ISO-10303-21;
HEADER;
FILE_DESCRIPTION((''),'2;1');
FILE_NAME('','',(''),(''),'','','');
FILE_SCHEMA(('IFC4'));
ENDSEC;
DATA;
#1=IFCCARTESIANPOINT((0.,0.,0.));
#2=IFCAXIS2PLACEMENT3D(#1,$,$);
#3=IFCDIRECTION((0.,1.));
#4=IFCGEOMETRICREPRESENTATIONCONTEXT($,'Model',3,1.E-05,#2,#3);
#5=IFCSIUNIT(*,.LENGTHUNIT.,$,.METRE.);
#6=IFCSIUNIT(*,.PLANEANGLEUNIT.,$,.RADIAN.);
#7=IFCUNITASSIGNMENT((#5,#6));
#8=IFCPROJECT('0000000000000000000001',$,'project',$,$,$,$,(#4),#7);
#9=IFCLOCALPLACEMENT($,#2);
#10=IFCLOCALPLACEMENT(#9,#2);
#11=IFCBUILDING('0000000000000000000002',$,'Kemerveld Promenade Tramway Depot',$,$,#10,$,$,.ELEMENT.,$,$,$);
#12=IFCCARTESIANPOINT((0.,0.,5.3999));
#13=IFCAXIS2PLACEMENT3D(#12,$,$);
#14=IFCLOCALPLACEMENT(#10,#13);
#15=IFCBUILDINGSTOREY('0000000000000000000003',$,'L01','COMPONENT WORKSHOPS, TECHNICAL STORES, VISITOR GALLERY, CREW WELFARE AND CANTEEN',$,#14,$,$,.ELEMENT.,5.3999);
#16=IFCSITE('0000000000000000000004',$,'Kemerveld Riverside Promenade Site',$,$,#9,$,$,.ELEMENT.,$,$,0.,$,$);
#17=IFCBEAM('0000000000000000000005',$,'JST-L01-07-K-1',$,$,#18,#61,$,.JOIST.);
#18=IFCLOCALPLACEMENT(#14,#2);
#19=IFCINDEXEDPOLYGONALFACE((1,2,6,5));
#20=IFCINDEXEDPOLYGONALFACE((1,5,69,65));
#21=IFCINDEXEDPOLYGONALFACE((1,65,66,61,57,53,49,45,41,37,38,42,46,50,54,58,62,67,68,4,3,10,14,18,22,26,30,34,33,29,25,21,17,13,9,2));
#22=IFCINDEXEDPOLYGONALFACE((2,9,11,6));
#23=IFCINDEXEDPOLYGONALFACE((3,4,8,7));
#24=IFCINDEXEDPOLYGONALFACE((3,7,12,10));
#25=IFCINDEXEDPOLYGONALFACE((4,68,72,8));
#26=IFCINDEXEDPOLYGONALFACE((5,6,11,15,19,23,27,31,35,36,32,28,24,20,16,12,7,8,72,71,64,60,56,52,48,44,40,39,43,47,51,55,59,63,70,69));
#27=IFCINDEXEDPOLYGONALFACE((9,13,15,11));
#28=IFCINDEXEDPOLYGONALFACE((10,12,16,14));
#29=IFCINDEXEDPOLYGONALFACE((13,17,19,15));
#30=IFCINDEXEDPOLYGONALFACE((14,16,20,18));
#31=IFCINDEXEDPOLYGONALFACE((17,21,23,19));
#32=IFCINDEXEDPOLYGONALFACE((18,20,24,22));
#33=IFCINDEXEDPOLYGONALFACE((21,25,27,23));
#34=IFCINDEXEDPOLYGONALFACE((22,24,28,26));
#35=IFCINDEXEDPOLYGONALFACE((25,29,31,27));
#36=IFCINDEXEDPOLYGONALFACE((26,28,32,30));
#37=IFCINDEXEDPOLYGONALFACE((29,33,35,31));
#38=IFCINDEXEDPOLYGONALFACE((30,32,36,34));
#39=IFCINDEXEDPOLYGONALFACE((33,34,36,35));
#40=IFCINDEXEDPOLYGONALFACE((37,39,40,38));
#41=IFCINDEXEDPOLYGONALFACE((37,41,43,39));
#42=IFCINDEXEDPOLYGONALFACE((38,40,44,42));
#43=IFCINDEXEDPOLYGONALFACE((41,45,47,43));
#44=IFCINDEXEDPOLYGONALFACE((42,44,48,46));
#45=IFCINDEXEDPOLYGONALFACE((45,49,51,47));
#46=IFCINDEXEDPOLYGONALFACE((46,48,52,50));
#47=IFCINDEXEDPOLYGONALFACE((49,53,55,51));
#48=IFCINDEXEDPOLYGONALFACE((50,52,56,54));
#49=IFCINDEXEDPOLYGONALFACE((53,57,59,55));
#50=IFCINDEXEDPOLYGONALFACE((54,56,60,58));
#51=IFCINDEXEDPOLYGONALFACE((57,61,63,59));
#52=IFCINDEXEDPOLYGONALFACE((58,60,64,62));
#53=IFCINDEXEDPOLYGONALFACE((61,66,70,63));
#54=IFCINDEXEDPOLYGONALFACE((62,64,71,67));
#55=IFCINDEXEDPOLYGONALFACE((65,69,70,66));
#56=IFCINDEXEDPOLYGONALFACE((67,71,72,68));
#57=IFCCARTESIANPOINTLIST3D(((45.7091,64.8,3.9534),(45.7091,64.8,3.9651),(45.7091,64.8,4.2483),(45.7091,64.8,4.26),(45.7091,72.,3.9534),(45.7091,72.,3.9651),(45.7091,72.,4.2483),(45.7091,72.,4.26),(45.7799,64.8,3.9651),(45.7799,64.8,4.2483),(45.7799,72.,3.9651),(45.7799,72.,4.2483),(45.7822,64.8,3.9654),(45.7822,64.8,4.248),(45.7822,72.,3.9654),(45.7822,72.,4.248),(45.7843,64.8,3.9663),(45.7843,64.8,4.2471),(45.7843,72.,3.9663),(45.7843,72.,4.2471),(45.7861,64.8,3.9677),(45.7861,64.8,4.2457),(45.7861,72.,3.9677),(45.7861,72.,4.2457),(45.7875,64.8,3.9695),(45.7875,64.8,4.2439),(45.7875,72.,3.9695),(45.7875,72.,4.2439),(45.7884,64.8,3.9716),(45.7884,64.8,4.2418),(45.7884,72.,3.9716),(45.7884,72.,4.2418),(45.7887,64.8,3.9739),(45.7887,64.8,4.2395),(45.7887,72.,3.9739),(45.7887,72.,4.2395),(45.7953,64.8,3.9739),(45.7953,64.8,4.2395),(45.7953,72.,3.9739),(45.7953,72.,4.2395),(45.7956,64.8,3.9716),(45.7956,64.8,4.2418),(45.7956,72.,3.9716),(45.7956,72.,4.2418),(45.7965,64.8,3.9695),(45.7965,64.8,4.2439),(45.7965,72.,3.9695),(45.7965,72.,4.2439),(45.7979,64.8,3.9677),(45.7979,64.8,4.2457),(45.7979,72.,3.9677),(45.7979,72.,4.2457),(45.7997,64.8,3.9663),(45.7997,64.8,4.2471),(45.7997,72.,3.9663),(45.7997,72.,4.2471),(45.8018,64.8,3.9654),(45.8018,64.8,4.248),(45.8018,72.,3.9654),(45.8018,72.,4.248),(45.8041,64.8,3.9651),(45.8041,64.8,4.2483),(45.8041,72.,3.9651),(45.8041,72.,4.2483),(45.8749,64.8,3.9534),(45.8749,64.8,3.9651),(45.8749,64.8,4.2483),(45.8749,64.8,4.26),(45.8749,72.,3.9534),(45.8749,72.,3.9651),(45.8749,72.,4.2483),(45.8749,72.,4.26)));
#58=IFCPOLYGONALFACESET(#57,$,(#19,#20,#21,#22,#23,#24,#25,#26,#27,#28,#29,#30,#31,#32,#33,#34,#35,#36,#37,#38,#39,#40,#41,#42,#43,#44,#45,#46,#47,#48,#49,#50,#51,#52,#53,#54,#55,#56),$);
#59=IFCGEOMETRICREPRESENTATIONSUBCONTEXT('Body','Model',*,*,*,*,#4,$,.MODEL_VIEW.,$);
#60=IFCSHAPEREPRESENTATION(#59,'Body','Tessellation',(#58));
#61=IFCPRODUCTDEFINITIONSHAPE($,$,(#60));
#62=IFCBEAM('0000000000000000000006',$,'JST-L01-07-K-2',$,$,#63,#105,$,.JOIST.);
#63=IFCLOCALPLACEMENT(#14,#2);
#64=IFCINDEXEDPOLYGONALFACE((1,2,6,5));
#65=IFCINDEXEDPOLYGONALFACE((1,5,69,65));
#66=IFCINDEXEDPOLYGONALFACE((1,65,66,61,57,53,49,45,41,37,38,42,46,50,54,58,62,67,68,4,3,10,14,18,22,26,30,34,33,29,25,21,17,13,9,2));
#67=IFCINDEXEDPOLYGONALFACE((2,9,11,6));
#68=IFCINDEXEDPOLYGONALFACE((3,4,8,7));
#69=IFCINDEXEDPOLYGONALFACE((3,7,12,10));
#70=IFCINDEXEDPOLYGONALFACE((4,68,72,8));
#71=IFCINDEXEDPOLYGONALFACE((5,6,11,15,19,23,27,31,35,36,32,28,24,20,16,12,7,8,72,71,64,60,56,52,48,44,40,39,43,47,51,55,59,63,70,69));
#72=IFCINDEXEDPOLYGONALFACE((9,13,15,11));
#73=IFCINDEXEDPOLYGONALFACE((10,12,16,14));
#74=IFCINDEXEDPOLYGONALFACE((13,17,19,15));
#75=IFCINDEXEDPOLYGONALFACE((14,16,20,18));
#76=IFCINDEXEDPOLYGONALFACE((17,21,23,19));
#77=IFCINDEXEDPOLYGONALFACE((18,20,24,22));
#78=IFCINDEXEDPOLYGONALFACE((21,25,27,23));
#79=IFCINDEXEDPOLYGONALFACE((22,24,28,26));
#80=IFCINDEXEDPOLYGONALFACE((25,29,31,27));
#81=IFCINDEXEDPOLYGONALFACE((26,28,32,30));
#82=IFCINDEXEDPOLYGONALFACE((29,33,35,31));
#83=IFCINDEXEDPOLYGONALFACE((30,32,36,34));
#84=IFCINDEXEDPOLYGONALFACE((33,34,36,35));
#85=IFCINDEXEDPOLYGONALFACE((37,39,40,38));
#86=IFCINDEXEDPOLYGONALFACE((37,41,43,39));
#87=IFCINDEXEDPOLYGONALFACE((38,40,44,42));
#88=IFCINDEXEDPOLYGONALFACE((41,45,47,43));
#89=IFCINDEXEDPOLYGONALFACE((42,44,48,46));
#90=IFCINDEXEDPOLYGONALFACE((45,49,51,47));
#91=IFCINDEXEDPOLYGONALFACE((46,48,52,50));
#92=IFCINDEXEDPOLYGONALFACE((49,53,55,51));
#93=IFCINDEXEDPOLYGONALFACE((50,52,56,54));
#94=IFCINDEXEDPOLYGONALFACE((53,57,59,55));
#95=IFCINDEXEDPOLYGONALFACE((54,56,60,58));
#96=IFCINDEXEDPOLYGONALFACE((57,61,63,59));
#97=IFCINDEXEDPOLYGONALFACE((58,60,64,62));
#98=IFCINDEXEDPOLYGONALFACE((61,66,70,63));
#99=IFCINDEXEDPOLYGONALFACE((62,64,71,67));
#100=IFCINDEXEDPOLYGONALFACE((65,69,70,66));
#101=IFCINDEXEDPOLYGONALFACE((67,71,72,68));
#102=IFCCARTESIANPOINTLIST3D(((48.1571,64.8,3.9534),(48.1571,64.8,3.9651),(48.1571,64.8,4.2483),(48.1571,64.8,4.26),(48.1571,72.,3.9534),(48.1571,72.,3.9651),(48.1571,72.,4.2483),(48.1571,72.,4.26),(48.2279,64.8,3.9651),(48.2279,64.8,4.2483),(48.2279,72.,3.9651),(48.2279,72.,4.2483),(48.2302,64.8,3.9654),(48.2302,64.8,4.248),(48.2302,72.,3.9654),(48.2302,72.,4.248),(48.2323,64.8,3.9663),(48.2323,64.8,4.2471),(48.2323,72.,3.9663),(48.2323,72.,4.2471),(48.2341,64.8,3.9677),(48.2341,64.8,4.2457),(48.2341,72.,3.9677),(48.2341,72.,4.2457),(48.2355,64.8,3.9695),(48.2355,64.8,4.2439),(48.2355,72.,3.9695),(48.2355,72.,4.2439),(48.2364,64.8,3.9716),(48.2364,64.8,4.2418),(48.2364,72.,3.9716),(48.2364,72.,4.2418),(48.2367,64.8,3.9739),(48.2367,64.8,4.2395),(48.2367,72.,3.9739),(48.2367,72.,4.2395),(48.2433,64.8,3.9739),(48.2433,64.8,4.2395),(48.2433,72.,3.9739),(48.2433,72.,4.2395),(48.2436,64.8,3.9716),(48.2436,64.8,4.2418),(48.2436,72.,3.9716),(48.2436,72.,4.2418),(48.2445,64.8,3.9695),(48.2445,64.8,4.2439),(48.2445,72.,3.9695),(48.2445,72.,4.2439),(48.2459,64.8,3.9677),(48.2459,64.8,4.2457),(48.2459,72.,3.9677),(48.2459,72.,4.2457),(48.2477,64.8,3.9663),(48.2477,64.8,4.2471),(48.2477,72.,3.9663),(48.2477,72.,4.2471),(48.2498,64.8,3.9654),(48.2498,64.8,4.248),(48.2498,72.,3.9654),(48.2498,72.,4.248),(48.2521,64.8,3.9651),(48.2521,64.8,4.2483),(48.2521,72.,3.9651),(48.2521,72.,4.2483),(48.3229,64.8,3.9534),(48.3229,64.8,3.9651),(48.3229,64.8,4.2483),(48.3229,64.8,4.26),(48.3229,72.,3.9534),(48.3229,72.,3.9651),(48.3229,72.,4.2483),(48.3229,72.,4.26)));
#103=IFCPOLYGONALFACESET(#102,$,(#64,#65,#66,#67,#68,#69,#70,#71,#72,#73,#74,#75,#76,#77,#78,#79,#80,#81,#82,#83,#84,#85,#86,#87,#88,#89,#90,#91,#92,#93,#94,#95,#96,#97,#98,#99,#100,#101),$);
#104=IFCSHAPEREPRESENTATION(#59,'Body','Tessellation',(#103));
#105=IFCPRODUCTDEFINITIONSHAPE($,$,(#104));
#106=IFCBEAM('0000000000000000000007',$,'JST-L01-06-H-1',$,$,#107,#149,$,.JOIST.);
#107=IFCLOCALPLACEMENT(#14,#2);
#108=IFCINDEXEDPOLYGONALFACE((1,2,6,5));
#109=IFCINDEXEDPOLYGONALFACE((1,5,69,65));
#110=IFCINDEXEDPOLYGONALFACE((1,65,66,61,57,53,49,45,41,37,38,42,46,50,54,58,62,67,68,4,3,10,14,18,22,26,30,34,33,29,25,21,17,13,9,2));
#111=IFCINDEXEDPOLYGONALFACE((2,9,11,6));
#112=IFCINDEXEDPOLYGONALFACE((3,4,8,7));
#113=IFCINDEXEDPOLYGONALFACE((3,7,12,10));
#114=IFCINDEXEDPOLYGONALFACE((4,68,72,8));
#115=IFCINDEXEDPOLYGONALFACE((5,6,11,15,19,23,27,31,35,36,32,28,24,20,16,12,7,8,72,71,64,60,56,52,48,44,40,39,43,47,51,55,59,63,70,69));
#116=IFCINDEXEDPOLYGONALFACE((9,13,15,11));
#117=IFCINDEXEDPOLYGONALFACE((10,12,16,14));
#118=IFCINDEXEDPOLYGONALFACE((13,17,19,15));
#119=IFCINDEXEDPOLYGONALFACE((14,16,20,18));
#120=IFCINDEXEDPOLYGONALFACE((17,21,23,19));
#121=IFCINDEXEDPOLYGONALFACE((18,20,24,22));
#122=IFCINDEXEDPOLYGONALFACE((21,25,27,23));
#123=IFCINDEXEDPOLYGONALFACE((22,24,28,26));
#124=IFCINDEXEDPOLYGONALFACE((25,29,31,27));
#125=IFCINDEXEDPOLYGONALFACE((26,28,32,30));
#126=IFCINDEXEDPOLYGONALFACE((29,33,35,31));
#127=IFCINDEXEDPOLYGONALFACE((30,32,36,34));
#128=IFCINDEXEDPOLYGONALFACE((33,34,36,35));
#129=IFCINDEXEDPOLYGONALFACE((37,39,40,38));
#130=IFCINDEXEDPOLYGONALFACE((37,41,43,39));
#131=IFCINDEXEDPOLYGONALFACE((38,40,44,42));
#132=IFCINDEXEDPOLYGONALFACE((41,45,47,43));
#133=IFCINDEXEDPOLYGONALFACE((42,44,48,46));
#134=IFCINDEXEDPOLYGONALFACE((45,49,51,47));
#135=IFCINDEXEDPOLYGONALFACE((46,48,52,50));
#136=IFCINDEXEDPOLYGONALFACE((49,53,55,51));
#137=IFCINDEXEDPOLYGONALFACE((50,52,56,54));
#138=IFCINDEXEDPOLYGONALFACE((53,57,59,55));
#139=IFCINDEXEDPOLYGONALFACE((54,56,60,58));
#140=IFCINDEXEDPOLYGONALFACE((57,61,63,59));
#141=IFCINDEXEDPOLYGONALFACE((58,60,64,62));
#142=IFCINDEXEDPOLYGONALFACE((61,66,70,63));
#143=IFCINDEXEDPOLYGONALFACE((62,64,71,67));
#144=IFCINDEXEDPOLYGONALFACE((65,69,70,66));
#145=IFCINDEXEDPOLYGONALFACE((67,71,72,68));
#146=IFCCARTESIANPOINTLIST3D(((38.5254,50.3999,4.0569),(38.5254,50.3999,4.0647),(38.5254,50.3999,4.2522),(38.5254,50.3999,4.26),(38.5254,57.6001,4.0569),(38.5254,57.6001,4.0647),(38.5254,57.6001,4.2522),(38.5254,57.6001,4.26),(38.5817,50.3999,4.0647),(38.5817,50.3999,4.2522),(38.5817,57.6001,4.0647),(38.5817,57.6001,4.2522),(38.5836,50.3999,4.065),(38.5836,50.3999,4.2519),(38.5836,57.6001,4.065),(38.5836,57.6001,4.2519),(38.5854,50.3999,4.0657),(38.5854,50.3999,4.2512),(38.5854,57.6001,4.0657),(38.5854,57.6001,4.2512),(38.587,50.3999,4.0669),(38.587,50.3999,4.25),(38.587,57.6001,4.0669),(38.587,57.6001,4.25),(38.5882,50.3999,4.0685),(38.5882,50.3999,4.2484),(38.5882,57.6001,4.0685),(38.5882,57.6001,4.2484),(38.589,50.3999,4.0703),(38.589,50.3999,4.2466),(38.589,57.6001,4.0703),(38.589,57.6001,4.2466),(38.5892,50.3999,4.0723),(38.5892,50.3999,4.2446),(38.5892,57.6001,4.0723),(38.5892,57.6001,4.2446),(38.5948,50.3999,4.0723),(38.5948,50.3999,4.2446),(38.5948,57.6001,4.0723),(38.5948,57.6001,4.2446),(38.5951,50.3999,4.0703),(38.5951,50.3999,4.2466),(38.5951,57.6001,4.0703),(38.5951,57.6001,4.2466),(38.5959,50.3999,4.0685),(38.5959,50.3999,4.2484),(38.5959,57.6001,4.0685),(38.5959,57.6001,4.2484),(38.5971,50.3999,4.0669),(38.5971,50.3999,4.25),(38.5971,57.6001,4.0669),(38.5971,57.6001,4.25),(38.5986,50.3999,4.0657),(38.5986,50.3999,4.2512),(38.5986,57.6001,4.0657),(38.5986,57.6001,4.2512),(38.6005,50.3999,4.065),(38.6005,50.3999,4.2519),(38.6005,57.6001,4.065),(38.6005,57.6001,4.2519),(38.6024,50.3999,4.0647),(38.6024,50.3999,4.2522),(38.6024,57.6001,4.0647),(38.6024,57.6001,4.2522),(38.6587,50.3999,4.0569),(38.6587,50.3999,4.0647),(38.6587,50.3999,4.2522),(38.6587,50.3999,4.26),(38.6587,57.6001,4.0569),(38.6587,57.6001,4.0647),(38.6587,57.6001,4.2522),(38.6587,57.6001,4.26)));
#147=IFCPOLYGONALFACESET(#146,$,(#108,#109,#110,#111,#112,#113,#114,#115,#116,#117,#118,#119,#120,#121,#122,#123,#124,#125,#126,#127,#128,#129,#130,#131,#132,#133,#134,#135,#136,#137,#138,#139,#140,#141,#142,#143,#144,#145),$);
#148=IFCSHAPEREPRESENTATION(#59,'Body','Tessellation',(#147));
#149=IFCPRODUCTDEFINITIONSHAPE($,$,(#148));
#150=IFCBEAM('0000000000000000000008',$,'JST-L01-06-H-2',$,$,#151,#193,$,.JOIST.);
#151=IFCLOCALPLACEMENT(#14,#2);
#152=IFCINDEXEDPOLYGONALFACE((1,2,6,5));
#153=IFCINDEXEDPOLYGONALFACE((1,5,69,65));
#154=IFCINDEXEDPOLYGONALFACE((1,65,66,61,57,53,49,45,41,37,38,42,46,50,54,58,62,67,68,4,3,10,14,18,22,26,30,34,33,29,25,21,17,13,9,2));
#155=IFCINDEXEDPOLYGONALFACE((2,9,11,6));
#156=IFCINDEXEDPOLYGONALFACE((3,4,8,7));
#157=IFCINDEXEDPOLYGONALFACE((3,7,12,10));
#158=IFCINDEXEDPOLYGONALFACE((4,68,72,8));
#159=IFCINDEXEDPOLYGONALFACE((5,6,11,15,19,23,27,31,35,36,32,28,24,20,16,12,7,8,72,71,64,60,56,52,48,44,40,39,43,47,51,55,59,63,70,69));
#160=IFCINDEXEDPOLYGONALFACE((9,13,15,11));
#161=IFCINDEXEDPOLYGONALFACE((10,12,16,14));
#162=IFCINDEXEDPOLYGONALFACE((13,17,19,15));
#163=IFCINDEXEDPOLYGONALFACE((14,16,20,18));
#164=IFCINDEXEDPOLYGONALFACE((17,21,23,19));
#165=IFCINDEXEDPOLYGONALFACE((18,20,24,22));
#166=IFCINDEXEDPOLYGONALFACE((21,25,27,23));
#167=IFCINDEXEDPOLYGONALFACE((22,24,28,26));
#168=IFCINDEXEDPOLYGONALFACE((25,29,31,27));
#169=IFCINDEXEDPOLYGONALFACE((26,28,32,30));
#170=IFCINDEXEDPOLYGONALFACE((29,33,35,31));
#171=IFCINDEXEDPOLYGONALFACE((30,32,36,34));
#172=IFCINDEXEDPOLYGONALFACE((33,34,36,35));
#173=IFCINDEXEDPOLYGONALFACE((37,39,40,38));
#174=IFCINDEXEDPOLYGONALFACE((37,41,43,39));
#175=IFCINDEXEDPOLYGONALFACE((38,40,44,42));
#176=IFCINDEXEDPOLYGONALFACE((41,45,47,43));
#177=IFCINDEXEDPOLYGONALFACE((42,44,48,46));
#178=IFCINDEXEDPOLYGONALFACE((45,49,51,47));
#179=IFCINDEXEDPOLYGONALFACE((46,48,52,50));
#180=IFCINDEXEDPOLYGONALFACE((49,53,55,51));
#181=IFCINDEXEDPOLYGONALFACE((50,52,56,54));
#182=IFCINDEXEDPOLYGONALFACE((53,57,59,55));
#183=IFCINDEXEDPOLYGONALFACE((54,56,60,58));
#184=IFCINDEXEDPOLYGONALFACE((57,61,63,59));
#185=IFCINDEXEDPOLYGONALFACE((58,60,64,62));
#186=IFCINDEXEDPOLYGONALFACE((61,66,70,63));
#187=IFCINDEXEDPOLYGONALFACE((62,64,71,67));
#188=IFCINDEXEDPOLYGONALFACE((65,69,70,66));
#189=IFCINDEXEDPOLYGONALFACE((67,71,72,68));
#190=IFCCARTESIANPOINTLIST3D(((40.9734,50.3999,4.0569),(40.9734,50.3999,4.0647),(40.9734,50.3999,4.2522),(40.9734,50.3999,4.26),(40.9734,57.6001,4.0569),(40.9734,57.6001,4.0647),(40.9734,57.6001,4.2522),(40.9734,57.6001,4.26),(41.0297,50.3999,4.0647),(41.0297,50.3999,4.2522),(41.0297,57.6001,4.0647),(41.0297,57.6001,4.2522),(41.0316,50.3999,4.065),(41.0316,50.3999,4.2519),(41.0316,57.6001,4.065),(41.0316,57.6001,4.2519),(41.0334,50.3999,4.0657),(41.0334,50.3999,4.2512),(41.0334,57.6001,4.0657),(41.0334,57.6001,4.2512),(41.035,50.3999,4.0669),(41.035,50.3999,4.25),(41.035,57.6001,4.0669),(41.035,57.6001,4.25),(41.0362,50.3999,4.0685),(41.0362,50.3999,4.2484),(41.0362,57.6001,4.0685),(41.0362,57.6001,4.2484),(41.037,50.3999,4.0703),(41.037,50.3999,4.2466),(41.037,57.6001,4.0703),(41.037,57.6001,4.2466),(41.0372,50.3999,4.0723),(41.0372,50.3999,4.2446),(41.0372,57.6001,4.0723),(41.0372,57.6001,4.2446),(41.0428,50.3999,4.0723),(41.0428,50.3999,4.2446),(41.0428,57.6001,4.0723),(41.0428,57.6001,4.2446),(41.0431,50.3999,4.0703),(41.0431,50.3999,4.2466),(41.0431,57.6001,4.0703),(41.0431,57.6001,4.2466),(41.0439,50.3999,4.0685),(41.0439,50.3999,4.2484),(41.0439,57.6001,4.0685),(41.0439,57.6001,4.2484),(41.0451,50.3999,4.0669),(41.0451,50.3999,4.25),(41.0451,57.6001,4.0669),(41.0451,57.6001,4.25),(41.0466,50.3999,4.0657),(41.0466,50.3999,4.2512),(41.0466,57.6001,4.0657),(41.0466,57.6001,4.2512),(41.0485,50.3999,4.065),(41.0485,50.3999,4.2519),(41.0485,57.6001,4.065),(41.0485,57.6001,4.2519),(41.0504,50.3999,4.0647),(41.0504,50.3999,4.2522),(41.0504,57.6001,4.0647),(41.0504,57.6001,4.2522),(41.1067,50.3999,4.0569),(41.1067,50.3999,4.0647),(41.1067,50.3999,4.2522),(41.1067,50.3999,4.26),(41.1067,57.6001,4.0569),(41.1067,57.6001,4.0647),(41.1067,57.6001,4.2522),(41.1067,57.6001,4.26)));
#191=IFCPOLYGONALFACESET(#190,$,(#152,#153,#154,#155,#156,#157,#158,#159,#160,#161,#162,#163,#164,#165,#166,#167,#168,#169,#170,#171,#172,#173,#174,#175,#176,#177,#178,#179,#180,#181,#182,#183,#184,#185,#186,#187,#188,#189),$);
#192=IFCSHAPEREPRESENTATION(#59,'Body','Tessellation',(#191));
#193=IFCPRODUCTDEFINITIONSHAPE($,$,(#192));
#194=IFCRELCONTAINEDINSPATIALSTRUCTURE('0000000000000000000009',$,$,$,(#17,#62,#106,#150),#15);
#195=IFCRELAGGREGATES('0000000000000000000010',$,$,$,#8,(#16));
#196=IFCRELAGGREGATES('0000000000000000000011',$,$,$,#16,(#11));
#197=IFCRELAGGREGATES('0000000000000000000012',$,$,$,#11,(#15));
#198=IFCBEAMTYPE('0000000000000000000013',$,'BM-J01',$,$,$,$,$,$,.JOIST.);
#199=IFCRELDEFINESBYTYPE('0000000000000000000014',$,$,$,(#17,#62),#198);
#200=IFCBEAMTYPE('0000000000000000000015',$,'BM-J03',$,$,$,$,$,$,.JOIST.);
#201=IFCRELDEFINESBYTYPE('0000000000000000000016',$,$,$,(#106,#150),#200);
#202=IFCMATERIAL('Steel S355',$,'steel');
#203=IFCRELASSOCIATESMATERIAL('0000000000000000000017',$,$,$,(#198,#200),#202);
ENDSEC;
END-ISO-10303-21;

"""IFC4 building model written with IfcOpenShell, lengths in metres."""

from ifc_helpers import new_model, si_unit, direction, frame, origin, origin_2d, place, context, subcontext, project, spatial, i_section, extrude, material, material_profile, profile_set, type_object, element, save


model = new_model("IFC4")

# Units and contexts
model_context = context("Model", 3, precision=1e-05, world=origin(), true_north=direction((0.0, 1.0)))
body_context = subcontext(model_context, "Body", "Model", "MODEL_VIEW")
ifc_project = project(units=[si_unit("LENGTHUNIT", "METRE"), si_unit("PLANEANGLEUNIT", "RADIAN")], contexts=[model_context])

# Site, building, storey
site_placement = place(None, origin())
site = spatial("IfcSite", under=ifc_project, at=site_placement, Name="Kemerveld Riverside Promenade Site", CompositionType="ELEMENT", RefElevation=0.0)
building_placement = place(site_placement, origin())
building = spatial("IfcBuilding", under=site, at=building_placement, Name="Kemerveld Promenade Tramway Depot", CompositionType="ELEMENT")
storey_placement = place(building_placement, frame((0.0, 0.0, 5.3999)))
storey = spatial("IfcBuildingStorey", under=building, at=storey_placement, Name="L01", Description="COMPONENT WORKSHOPS, TECHNICAL STORES, VISITOR GALLERY, CREW WELFARE AND CANTEEN", CompositionType="ELEMENT", Elevation=5.3999)

# Shared definitions
ifc_material_1 = material(Name="Steel S355", Category="steel")

# Beams
ifc_material_profile_1 = material_profile(ifc_material_1, i_section(OverallWidth=0.1658, OverallDepth=0.3066, WebThickness=0.0066, FlangeThickness=0.0117, FilletRadius=0.0088, at=origin_2d()), Name="305x165x46 UB")
ifc_profile_set_1 = profile_set([ifc_material_profile_1], Name="Steel S355")
beam_type_1 = type_object("IfcBeamType", Name="BM-J01", PredefinedType="JOIST", material=ifc_profile_set_1)
for number, where, z_axis, x_axis, name in (
    (1, (45.792, 64.8, 4.1067), (0.0, 1.0, 0.0), (-1.0, 0.0, 0.0), "JST-L01-07-K-1"),
    (2, (48.24, 64.8, 4.1067), (0.0, 1.0, 0.0), (-1.0, 0.0, 0.0), "JST-L01-07-K-2"),
):
    element("IfcBeam", number, at=place(storey_placement, frame(where, z_axis=z_axis, x_axis=x_axis)), inside=storey, type_object=beam_type_1, Name=name, PredefinedType="JOIST", context=body_context, shape_type="SweptSolid", body=[
        extrude(i_section(OverallWidth=0.1658, OverallDepth=0.3066, WebThickness=0.0066, FlangeThickness=0.0117, FilletRadius=0.0088, at=origin_2d()), origin(), (0.0, 0.0, 1.0), 7.2),
    ])
ifc_material_profile_2 = material_profile(ifc_material_1, i_section(OverallWidth=0.1333, OverallDepth=0.2031, WebThickness=0.0056, FlangeThickness=0.0078, FilletRadius=0.0076, at=origin_2d()), Name="203x133x25 UB")
ifc_profile_set_2 = profile_set([ifc_material_profile_2], Name="Steel S355")
beam_type_2 = type_object("IfcBeamType", Name="BM-J03", PredefinedType="JOIST", material=ifc_profile_set_2)
for number, where, z_axis, x_axis, name in (
    (3, (38.592, 50.3999, 4.1584), (0.0, 1.0, 0.0), (-1.0, 0.0, 0.0), "JST-L01-06-H-1"),
    (4, (41.04, 50.3999, 4.1584), (0.0, 1.0, 0.0), (-1.0, 0.0, 0.0), "JST-L01-06-H-2"),
):
    element("IfcBeam", number, at=place(storey_placement, frame(where, z_axis=z_axis, x_axis=x_axis)), inside=storey, type_object=beam_type_2, Name=name, PredefinedType="JOIST", context=body_context, shape_type="SweptSolid", body=[
        extrude(i_section(OverallWidth=0.1333, OverallDepth=0.2031, WebThickness=0.0056, FlangeThickness=0.0078, FilletRadius=0.0076, at=origin_2d()), origin(), (0.0, 0.0, 1.0), 7.2002),
    ])

save(model, "model.ifc")
